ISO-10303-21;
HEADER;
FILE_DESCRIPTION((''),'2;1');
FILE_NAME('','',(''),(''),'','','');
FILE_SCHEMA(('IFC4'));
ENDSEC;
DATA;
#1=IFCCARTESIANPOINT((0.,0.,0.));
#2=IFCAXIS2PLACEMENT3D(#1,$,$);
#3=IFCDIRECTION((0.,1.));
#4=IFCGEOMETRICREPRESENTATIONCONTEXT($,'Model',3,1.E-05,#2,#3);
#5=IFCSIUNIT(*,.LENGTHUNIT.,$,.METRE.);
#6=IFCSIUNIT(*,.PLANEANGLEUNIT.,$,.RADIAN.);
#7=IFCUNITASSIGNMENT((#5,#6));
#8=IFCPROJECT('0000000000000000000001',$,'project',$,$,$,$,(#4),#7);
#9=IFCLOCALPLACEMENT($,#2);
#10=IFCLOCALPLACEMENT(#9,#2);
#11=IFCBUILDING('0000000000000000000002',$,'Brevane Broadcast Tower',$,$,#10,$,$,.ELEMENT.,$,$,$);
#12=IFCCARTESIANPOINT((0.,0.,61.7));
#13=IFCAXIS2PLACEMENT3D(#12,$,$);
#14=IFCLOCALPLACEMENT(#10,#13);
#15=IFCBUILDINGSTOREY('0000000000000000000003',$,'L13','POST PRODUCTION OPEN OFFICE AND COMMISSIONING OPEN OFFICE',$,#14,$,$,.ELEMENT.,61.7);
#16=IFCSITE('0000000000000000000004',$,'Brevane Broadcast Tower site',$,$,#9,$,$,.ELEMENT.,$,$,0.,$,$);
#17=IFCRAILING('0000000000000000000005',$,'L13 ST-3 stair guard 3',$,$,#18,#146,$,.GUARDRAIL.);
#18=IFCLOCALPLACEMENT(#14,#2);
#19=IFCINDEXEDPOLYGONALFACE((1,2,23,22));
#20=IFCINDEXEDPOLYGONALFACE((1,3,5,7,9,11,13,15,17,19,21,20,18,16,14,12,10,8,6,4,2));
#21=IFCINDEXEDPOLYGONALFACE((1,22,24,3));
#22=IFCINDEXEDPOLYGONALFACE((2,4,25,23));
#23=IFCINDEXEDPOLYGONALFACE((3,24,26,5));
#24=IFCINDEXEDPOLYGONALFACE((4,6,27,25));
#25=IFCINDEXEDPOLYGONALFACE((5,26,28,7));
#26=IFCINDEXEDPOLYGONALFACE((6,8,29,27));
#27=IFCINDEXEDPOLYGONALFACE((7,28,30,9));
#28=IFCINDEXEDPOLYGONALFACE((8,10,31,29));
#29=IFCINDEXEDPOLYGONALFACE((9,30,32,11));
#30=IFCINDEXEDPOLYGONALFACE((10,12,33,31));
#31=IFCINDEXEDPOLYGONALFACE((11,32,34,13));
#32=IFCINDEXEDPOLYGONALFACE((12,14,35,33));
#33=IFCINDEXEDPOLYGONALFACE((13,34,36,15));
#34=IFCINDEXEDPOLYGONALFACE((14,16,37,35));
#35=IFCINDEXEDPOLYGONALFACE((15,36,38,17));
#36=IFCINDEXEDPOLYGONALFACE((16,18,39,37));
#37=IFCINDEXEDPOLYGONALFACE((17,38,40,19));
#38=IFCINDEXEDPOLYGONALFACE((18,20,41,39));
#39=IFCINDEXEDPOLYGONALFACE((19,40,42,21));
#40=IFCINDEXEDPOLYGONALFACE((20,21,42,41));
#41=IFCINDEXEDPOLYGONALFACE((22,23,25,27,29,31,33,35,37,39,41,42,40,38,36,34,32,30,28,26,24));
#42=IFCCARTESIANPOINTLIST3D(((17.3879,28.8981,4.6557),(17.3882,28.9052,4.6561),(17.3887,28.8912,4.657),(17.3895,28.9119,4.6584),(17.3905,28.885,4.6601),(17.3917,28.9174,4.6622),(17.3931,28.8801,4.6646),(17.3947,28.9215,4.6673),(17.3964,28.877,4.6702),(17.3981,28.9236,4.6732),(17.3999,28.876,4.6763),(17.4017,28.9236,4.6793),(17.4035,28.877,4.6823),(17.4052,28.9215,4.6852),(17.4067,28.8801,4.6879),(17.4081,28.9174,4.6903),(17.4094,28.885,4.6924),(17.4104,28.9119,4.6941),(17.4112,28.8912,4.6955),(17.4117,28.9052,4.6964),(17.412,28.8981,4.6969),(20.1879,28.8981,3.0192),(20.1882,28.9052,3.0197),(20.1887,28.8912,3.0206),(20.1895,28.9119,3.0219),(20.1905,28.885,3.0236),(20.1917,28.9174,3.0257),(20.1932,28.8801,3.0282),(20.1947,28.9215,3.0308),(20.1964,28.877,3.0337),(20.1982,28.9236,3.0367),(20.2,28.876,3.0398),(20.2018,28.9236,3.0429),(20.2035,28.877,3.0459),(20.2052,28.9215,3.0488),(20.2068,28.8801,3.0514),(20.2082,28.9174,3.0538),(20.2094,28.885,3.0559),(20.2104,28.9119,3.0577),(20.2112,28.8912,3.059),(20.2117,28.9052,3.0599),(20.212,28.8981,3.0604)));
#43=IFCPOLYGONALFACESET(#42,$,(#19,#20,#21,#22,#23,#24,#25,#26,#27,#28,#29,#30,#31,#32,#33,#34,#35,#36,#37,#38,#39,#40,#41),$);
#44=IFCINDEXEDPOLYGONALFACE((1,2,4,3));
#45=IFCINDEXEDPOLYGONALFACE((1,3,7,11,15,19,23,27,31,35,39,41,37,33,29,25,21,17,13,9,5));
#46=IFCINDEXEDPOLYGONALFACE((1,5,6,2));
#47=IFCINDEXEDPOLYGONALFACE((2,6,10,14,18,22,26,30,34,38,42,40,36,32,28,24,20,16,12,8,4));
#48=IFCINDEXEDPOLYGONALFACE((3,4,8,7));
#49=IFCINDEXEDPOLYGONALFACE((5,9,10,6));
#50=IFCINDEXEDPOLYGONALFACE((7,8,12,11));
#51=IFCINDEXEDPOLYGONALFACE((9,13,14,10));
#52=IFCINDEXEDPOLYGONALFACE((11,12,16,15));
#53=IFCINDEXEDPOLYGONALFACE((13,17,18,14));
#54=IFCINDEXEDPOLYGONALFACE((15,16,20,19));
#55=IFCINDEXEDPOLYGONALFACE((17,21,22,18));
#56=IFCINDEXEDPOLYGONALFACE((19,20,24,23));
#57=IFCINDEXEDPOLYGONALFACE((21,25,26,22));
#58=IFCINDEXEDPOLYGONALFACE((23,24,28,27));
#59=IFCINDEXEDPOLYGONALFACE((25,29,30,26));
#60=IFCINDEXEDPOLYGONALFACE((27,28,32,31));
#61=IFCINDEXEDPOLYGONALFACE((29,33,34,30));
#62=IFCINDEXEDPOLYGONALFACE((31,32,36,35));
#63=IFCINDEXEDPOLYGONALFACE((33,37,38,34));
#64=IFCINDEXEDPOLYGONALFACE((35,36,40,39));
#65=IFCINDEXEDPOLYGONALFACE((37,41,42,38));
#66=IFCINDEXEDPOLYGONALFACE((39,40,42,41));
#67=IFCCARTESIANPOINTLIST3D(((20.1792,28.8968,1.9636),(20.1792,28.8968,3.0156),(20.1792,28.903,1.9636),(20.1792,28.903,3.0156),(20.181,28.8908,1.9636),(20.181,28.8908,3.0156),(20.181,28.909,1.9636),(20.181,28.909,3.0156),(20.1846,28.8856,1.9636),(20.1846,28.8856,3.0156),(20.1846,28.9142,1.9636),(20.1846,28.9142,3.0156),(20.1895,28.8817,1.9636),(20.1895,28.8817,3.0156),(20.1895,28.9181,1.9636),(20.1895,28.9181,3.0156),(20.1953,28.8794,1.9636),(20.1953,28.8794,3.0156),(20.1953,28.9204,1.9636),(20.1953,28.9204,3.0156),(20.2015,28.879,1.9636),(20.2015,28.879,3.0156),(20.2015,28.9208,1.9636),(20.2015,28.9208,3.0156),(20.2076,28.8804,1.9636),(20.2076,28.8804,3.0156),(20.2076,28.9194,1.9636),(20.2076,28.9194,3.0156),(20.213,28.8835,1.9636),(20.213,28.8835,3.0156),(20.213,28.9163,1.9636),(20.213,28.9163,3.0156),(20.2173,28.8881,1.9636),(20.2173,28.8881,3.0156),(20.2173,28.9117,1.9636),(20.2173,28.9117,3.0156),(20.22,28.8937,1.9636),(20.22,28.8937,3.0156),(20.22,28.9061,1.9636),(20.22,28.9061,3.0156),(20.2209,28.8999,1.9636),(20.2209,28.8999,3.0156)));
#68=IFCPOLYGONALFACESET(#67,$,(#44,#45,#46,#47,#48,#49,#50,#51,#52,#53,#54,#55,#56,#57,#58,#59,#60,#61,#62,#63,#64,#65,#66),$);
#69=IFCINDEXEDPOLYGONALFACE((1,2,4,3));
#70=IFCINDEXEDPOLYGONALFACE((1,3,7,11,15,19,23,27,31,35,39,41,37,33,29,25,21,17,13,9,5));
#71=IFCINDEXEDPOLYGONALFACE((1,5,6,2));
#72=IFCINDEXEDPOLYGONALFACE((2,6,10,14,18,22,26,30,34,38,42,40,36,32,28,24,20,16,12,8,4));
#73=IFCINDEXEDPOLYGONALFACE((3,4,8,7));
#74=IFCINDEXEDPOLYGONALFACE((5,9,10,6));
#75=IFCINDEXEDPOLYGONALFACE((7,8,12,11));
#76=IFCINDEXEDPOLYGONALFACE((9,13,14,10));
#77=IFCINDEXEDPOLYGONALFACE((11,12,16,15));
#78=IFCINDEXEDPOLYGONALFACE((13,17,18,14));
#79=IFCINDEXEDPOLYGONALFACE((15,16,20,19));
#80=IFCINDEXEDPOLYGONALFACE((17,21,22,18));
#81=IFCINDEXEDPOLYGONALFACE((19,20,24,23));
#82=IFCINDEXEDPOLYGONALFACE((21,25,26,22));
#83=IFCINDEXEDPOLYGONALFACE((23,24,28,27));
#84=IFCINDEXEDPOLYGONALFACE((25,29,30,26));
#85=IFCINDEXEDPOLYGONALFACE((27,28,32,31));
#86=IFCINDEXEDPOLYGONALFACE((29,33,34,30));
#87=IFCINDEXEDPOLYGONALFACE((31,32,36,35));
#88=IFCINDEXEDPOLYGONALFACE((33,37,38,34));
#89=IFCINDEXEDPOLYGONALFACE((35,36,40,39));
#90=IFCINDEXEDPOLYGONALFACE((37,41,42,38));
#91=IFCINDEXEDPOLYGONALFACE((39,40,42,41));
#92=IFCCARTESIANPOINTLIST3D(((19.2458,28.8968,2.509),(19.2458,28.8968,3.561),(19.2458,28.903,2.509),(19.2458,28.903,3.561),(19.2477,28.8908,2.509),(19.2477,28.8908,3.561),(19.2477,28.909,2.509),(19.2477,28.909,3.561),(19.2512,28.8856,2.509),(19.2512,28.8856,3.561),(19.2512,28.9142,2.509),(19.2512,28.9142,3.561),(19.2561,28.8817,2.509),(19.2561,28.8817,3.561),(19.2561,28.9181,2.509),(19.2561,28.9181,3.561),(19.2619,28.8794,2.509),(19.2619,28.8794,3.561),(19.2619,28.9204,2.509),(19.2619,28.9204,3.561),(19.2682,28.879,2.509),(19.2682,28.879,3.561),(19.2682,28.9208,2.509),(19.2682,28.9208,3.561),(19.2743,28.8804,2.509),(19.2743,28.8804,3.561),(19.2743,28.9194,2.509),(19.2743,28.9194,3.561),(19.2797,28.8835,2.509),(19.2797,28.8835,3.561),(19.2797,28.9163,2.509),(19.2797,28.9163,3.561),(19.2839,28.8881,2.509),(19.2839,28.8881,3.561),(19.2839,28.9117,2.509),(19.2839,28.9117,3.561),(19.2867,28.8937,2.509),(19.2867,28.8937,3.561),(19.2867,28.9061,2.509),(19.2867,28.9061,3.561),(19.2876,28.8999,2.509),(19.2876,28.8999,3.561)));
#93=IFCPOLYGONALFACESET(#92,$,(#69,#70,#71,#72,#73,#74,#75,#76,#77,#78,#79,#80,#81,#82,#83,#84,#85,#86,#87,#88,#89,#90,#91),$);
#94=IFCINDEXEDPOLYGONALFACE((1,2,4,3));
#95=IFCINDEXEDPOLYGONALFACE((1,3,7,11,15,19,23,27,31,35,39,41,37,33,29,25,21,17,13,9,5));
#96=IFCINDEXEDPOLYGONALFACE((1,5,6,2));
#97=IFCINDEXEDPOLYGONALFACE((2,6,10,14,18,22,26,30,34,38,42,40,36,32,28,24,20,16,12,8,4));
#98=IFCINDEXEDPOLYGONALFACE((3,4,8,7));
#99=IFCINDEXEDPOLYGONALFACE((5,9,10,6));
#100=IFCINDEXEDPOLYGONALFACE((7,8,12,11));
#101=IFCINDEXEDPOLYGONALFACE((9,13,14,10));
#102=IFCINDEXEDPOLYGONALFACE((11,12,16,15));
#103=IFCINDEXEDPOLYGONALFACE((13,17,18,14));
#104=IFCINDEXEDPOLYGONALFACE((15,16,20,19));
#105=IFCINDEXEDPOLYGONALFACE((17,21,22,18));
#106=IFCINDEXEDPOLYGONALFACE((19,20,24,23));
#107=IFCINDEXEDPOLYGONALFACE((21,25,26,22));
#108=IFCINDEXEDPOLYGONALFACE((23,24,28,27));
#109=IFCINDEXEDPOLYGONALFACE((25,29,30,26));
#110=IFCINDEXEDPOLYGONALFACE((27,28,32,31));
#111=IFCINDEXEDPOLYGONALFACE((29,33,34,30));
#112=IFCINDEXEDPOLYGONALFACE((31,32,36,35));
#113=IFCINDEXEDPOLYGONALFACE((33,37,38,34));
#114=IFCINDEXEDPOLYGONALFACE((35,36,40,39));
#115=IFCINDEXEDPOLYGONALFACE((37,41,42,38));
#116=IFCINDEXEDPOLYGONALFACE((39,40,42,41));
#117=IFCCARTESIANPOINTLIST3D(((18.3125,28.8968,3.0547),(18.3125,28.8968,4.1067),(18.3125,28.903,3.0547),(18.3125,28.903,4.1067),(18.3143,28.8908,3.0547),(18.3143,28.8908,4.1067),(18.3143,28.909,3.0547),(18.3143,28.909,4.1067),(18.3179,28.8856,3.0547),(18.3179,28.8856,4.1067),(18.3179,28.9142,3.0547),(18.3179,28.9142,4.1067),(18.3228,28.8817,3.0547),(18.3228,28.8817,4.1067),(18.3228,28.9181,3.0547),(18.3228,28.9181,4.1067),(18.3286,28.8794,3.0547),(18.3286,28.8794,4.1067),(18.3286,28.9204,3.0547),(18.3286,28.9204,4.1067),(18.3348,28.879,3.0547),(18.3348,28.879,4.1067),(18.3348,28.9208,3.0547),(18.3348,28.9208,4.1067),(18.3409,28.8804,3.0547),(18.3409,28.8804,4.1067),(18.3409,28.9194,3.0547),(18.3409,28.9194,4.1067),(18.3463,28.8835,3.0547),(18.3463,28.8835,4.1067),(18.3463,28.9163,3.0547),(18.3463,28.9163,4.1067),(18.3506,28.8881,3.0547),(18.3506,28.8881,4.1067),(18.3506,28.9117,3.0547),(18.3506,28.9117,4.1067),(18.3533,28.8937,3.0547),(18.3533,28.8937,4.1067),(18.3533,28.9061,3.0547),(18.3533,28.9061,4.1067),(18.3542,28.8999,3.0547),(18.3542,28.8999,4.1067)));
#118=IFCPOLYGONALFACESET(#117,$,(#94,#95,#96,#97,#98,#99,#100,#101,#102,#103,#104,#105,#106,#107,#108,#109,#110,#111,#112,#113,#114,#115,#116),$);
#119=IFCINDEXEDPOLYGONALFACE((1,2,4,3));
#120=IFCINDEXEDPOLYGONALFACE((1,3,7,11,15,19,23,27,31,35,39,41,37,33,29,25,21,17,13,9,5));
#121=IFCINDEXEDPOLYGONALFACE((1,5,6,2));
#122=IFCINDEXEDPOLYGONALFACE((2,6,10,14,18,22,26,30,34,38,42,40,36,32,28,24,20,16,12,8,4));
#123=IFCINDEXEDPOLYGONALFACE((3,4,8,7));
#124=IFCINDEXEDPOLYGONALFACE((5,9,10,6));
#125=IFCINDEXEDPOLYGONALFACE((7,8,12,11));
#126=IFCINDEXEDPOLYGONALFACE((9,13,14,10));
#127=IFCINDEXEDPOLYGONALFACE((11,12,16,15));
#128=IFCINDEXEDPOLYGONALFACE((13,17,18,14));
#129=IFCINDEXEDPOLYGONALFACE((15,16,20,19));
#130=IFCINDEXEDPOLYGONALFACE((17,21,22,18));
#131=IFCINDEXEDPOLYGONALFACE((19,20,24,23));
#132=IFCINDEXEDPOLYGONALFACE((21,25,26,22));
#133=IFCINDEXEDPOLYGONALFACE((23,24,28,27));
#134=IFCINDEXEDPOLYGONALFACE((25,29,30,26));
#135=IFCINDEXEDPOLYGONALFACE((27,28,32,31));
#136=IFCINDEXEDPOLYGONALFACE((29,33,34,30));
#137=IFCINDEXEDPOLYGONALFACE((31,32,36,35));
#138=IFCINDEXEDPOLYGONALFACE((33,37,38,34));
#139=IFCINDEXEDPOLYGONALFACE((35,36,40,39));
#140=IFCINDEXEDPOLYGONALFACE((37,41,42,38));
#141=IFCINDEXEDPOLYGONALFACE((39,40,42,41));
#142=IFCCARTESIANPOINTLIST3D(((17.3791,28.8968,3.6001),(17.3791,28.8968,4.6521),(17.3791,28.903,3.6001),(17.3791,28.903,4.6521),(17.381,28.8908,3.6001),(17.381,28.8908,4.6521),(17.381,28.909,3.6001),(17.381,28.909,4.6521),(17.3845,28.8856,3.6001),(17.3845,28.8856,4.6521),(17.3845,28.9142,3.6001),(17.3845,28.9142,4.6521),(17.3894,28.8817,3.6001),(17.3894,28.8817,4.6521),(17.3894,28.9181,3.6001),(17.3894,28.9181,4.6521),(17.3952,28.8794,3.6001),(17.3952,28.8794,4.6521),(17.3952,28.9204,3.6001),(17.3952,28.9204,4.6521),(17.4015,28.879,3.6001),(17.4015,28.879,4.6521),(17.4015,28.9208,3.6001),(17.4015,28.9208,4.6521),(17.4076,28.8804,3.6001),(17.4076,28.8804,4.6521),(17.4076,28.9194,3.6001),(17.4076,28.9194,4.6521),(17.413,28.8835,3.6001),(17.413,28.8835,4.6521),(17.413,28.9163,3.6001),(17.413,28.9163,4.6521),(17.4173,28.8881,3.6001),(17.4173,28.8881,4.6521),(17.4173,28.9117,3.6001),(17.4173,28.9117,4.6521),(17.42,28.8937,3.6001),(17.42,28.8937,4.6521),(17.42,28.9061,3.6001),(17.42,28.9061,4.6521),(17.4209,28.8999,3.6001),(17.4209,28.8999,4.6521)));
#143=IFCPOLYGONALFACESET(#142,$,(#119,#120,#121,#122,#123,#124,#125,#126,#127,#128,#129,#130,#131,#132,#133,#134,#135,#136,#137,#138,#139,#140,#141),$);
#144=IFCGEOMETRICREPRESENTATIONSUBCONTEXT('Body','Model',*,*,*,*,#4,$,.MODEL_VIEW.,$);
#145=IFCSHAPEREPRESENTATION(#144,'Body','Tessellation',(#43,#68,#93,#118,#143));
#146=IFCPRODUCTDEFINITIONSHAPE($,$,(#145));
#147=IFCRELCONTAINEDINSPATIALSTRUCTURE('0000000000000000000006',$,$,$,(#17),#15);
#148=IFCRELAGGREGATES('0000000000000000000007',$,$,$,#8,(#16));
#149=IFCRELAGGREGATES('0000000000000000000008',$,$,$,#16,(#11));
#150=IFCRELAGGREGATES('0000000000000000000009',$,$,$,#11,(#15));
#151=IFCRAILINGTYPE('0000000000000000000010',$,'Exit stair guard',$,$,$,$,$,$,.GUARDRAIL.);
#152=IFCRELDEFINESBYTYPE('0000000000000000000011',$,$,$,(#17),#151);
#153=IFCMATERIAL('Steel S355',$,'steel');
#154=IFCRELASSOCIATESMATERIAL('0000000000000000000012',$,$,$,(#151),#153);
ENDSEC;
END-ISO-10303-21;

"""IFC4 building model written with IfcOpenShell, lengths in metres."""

from ifc_helpers import new_model, si_unit, direction, frame, origin, origin_2d, place, context, subcontext, project, spatial, circle, extrude, material, type_object, element, save


model = new_model("IFC4")

# Units and contexts
model_context = context("Model", 3, precision=1e-05, world=origin(), true_north=direction((0.0, 1.0)))
body_context = subcontext(model_context, "Body", "Model", "MODEL_VIEW")
ifc_project = project(units=[si_unit("LENGTHUNIT", "METRE"), si_unit("PLANEANGLEUNIT", "RADIAN")], contexts=[model_context])

# Site, building, storey
site_placement = place(None, origin())
site = spatial("IfcSite", under=ifc_project, at=site_placement, Name="Brevane Broadcast Tower site", CompositionType="ELEMENT", RefElevation=0.0)
building_placement = place(site_placement, origin())
building = spatial("IfcBuilding", under=site, at=building_placement, Name="Brevane Broadcast Tower", CompositionType="ELEMENT")
storey_placement = place(building_placement, frame((0.0, 0.0, 61.7)))
storey = spatial("IfcBuildingStorey", under=building, at=storey_placement, Name="L13", Description="POST PRODUCTION OPEN OFFICE AND COMMISSIONING OPEN OFFICE", CompositionType="ELEMENT", Elevation=61.7)

# Railing
ifc_material_1 = material(Name="Steel S355", Category="steel")
railing_type_1 = type_object("IfcRailingType", Name="Exit stair guard", PredefinedType="GUARDRAIL", material=ifc_material_1)
railing_1_placement = place(storey_placement, frame((20.2, 28.8999, 1.9636)))
element("IfcRailing", 1, at=railing_1_placement, inside=storey, type_object=railing_type_1, Name="L13 ST-3 stair guard 3", PredefinedType="GUARDRAIL", context=body_context, shape_type="SweptSolid", body=[
    extrude(circle(Radius=0.0239, at=origin_2d()), frame((0.0, 0.0, 1.0762), z_axis=(-0.863361, 0.0, 0.504587), x_axis=(0.0, -1.0, 0.0)), (0.0, 0.0, 1.0), 3.2432),
    extrude(circle(Radius=0.021, at=origin_2d()), origin(), (0.0, 0.0, 1.0), 1.052),
    extrude(circle(Radius=0.021, at=origin_2d()), frame((-0.9333, 0.0, 0.5454)), (0.0, 0.0, 1.0), 1.052),
    extrude(circle(Radius=0.021, at=origin_2d()), frame((-1.8667, 0.0, 1.0911)), (0.0, 0.0, 1.0), 1.052),
    extrude(circle(Radius=0.021, at=origin_2d()), frame((-2.8, 0.0, 1.6365)), (0.0, 0.0, 1.0), 1.052),
])

save(model, "model.ifc")
